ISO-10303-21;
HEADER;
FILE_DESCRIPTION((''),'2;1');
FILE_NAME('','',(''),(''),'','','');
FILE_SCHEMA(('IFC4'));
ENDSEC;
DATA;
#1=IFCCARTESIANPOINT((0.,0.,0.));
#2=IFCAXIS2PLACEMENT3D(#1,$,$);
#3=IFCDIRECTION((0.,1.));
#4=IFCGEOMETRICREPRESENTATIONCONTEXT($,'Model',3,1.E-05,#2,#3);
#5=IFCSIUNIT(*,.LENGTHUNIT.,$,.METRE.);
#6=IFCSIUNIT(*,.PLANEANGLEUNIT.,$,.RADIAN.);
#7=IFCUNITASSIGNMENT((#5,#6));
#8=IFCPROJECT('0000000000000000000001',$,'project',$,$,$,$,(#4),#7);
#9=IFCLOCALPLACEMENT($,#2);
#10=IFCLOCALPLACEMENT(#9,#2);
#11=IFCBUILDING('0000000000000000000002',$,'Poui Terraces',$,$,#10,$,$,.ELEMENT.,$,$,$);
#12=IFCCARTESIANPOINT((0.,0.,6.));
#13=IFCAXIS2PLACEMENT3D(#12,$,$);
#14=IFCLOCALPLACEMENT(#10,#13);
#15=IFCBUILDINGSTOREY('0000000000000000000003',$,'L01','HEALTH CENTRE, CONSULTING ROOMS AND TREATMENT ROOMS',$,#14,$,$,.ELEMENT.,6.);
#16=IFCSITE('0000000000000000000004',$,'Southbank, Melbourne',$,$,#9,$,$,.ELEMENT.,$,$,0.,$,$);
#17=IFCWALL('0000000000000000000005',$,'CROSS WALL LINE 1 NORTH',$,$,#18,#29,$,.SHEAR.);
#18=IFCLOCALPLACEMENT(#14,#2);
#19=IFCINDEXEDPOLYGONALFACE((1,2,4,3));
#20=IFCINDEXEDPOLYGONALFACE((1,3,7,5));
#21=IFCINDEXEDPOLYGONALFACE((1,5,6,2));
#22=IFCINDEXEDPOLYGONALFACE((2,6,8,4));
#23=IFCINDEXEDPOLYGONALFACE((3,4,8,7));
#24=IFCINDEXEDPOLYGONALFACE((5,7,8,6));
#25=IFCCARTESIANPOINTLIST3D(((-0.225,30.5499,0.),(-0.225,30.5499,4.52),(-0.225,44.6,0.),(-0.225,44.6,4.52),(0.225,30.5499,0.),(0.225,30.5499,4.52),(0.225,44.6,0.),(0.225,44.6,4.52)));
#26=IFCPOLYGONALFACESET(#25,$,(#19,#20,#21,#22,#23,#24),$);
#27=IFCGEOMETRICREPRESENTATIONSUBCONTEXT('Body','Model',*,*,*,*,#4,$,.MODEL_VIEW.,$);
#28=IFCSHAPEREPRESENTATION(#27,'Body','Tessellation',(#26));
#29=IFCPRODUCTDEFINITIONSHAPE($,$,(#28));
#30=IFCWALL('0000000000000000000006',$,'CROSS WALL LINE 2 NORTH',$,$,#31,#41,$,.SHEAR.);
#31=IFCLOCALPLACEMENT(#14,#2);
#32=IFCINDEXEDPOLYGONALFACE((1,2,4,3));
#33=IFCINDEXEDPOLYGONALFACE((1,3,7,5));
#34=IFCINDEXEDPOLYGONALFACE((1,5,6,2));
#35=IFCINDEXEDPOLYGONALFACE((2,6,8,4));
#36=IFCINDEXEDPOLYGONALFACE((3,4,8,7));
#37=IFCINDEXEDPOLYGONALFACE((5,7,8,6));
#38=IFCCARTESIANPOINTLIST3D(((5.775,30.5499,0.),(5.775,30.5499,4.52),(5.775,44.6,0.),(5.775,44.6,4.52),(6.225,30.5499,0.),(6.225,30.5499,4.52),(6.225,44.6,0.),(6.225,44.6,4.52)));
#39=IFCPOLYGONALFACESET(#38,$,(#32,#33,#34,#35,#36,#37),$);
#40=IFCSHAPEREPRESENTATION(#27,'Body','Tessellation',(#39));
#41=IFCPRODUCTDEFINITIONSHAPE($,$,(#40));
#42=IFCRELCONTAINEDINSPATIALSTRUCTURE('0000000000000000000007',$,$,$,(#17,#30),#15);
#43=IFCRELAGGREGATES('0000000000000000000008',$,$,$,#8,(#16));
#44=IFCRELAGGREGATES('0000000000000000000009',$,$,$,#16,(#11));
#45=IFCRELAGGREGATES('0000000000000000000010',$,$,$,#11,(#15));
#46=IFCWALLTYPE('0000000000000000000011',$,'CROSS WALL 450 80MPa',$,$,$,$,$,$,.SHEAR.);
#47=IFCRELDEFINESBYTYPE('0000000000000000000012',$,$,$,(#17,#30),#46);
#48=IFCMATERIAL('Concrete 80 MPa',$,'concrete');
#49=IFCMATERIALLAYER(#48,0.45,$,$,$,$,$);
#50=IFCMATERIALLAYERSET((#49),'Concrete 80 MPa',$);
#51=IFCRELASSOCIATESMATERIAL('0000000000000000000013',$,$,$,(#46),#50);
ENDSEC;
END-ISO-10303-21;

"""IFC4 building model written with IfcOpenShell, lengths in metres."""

from ifc_helpers import new_model, si_unit, direction, frame, frame_2d, origin, place, context, subcontext, project, spatial, rectangle, extrude, material, layer, layer_set, type_object, element, save


model = new_model("IFC4")

# Units and contexts
model_context = context("Model", 3, precision=1e-05, world=origin(), true_north=direction((0.0, 1.0)))
body_context = subcontext(model_context, "Body", "Model", "MODEL_VIEW")
ifc_project = project(units=[si_unit("LENGTHUNIT", "METRE"), si_unit("PLANEANGLEUNIT", "RADIAN")], contexts=[model_context])

# Site, building, storey
site_placement = place(None, origin())
site = spatial("IfcSite", under=ifc_project, at=site_placement, Name="Southbank, Melbourne", CompositionType="ELEMENT", RefElevation=0.0)
building_placement = place(site_placement, origin())
building = spatial("IfcBuilding", under=site, at=building_placement, Name="Poui Terraces", CompositionType="ELEMENT")
storey_placement = place(building_placement, frame((0.0, 0.0, 6.0)))
storey = spatial("IfcBuildingStorey", under=building, at=storey_placement, Name="L01", Description="HEALTH CENTRE, CONSULTING ROOMS AND TREATMENT ROOMS", CompositionType="ELEMENT", Elevation=6.0)

# Shared definitions
ifc_material_1 = material(Name="Concrete 80 MPa", Category="concrete")

# Walls
ifc_layer_1 = layer(ifc_material_1, 0.45)
ifc_layer_set_1 = layer_set([ifc_layer_1], Name="Concrete 80 MPa")
wall_type_1 = type_object("IfcWallType", Name="CROSS WALL 450 80MPa", PredefinedType="SHEAR", material=ifc_layer_set_1)
for number, where, z_axis, x_axis, name in (
    (1, (0.0, 30.55, 0.0), (0.0, 0.0, 1.0), (0.0, 1.0, 0.0), "CROSS WALL LINE 1 NORTH"),
    (2, (6.0, 30.55, 0.0), (0.0, 0.0, 1.0), (0.0, 1.0, 0.0), "CROSS WALL LINE 2 NORTH"),
):
    element("IfcWall", number, at=place(storey_placement, frame(where, z_axis=z_axis, x_axis=x_axis)), inside=storey, type_object=wall_type_1, Name=name, PredefinedType="SHEAR", context=body_context, shape_type="SweptSolid", body=[
        extrude(rectangle(XDim=14.05, YDim=0.45, at=frame_2d((7.0249, 0.0))), origin(), (0.0, 0.0, 1.0), 4.52),
    ])

save(model, "model.ifc")
